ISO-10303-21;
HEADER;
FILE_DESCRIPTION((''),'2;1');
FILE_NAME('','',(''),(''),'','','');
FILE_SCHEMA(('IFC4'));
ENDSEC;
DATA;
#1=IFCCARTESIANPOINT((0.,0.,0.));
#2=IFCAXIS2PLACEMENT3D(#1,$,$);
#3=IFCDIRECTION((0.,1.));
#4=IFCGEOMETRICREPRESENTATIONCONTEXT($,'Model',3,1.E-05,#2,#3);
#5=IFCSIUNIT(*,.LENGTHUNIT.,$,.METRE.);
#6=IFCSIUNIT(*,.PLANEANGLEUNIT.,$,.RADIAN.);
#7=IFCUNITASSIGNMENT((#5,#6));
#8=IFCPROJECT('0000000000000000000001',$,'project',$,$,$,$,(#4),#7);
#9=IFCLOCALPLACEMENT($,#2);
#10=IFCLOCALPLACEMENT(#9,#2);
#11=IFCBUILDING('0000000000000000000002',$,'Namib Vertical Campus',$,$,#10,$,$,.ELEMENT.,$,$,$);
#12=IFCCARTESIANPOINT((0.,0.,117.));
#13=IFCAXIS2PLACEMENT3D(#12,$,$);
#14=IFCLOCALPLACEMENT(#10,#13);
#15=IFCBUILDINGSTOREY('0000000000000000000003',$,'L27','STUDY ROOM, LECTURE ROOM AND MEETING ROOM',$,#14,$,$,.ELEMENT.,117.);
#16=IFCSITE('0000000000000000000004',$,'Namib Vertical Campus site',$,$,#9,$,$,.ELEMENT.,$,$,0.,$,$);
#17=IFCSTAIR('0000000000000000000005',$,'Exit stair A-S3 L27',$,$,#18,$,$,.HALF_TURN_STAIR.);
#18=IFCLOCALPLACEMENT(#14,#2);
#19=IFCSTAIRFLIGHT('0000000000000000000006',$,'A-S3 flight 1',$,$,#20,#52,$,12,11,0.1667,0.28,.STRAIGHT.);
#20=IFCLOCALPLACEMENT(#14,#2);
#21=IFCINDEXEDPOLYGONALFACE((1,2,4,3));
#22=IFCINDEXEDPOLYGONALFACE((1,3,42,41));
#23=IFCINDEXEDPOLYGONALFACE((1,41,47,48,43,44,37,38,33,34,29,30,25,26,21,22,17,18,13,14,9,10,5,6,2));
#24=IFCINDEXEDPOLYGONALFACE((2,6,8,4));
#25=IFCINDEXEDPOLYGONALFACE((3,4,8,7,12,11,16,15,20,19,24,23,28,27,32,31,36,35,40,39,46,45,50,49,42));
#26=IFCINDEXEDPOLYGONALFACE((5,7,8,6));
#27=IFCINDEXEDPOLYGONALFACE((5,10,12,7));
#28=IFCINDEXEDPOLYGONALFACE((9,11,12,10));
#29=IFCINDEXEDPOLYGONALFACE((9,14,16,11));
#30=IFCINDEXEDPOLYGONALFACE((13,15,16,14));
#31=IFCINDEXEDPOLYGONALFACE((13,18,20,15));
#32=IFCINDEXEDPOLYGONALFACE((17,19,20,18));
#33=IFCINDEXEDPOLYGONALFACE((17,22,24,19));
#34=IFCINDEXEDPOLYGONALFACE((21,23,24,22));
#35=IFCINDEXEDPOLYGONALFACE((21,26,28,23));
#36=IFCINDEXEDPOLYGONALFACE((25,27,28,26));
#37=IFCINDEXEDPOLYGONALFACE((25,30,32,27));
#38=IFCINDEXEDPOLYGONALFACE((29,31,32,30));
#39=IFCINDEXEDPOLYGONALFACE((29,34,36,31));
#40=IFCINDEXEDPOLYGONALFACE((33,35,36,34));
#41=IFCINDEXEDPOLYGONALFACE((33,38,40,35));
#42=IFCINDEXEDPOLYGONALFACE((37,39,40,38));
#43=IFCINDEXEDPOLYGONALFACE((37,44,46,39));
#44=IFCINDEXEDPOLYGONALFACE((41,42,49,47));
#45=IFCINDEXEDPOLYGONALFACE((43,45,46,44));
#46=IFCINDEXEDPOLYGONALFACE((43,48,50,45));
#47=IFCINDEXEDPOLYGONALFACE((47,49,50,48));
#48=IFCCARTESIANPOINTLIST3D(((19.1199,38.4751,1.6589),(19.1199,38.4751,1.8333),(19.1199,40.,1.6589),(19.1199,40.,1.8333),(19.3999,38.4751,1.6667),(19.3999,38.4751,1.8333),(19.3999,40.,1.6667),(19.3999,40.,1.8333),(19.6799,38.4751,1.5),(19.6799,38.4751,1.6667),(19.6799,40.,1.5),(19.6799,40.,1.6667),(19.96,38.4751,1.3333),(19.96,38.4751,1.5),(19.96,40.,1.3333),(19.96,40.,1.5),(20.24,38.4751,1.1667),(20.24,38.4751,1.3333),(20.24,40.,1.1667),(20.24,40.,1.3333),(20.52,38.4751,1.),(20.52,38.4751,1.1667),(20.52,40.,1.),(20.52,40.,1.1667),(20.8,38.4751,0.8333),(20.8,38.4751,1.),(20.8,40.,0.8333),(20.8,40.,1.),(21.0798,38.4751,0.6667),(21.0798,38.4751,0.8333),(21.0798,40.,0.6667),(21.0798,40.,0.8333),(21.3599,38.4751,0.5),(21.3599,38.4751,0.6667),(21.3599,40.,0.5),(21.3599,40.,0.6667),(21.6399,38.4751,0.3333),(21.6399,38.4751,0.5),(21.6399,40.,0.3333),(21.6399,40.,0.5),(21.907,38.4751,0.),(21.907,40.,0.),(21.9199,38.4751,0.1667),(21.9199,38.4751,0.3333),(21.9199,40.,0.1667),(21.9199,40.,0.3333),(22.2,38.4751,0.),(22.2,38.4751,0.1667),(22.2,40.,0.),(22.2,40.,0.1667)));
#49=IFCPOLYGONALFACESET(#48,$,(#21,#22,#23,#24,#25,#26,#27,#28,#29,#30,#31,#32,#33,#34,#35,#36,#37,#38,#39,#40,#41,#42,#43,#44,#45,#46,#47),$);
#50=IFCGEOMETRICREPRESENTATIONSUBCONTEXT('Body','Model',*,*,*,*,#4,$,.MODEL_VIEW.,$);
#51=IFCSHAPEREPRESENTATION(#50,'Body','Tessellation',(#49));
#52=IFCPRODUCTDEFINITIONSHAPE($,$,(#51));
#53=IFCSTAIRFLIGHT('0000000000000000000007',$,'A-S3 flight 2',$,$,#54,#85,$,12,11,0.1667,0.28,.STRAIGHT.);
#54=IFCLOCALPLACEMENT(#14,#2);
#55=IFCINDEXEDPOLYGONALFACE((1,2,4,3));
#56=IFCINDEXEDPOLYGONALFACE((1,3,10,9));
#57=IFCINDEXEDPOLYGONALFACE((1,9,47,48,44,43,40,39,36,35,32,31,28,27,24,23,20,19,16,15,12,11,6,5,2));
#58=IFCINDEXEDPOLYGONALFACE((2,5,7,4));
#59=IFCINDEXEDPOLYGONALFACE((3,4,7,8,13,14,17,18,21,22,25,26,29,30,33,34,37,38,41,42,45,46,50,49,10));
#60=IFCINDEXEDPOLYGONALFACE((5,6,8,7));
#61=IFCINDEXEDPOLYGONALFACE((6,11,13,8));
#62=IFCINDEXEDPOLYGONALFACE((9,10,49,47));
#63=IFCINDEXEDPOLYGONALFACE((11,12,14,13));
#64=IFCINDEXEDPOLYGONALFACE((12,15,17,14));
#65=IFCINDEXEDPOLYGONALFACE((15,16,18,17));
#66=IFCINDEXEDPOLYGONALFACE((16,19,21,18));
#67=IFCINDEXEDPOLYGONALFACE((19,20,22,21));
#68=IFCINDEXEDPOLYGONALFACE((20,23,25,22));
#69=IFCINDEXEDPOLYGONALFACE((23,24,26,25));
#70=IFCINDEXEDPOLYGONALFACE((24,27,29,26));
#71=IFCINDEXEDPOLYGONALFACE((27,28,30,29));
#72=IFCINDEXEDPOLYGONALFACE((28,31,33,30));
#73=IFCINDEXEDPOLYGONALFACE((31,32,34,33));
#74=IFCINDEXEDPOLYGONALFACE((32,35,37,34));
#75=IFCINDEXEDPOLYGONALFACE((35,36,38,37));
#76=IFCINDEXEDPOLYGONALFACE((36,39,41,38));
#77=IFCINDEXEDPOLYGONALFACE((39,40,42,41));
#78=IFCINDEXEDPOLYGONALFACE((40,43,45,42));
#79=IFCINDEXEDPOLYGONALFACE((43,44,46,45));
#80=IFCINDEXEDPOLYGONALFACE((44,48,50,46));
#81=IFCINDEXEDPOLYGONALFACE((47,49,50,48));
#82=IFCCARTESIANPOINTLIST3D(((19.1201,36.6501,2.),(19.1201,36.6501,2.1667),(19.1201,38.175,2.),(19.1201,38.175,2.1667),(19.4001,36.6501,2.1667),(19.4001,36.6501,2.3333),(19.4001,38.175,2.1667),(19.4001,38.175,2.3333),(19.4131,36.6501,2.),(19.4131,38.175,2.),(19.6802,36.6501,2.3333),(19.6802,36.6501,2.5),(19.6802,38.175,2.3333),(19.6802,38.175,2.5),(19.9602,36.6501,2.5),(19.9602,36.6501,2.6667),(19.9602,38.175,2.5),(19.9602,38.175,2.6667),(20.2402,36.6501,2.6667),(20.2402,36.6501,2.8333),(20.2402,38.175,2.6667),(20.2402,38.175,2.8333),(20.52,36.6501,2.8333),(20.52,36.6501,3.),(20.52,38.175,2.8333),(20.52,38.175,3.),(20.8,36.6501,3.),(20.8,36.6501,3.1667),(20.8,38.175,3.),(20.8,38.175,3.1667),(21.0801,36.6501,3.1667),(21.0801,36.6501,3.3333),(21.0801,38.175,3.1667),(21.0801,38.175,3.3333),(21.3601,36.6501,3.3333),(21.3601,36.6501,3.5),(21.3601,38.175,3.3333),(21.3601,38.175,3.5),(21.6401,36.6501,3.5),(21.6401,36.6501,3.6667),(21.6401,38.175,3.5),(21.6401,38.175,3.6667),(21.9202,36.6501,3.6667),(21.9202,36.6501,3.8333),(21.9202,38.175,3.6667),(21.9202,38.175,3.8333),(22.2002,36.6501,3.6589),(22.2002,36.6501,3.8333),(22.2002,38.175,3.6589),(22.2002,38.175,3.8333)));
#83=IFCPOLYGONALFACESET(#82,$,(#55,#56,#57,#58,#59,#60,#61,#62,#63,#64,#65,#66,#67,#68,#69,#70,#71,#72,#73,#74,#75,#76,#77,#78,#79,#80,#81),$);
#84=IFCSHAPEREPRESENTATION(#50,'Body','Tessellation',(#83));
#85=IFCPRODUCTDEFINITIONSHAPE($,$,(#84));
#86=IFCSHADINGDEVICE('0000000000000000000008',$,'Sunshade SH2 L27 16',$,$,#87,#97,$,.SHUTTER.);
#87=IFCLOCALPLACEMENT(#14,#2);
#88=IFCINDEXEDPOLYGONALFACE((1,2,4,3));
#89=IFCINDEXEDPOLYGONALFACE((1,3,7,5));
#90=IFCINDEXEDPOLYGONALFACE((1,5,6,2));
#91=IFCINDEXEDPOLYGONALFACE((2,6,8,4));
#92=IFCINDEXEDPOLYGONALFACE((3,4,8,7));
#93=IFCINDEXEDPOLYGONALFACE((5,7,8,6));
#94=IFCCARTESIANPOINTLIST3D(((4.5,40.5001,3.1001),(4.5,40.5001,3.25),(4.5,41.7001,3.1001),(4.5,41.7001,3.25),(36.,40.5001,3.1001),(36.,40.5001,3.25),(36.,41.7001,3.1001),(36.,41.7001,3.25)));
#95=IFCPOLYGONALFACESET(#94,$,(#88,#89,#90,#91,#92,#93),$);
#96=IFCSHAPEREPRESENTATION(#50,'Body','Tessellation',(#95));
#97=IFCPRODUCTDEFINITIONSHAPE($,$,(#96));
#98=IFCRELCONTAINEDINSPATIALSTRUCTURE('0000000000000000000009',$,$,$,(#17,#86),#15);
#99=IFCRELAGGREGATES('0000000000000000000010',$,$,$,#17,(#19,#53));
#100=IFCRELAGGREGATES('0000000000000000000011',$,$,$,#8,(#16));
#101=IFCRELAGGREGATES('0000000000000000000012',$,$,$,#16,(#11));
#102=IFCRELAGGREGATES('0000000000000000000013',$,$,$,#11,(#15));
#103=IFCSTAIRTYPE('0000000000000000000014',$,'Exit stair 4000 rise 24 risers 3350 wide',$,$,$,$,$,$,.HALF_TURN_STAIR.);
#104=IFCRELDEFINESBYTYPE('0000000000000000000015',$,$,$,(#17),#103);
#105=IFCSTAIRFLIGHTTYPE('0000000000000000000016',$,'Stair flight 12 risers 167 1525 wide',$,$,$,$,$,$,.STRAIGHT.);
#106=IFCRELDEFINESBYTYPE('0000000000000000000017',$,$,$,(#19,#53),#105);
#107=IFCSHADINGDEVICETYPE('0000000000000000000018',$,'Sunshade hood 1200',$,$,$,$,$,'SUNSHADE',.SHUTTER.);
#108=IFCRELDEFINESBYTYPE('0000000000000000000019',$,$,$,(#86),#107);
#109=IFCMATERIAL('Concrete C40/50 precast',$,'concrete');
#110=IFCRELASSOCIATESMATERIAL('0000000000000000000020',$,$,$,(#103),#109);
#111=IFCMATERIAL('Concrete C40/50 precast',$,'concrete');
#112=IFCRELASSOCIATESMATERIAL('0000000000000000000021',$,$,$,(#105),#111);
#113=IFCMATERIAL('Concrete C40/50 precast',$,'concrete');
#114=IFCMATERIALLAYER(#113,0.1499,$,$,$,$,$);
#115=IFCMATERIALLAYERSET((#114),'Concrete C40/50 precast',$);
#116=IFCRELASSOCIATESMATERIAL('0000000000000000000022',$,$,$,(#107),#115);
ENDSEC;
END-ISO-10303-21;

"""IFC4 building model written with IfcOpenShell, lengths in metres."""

from ifc_helpers import new_model, si_unit, direction, frame, origin, origin_2d, place, context, subcontext, project, spatial, polyline, rectangle, outline, extrude, material, layer, layer_set, type_object, element, aggregate, save


model = new_model("IFC4")

# Units and contexts
model_context = context("Model", 3, precision=1e-05, world=origin(), true_north=direction((0.0, 1.0)))
body_context = subcontext(model_context, "Body", "Model", "MODEL_VIEW")
ifc_project = project(units=[si_unit("LENGTHUNIT", "METRE"), si_unit("PLANEANGLEUNIT", "RADIAN")], contexts=[model_context])

# Site, building, storey
site_placement = place(None, origin())
site = spatial("IfcSite", under=ifc_project, at=site_placement, Name="Namib Vertical Campus site", CompositionType="ELEMENT", RefElevation=0.0)
building_placement = place(site_placement, origin())
building = spatial("IfcBuilding", under=site, at=building_placement, Name="Namib Vertical Campus", CompositionType="ELEMENT")
storey_placement = place(building_placement, frame((0.0, 0.0, 117.0)))
storey = spatial("IfcBuildingStorey", under=building, at=storey_placement, Name="L27", Description="STUDY ROOM, LECTURE ROOM AND MEETING ROOM", CompositionType="ELEMENT", Elevation=117.0)

# Stair, stair flights
ifc_material_1 = material(Name="Concrete C40/50 precast", Category="concrete")
stair_type = type_object("IfcStairType", Name="Exit stair 4000 rise 24 risers 3350 wide", PredefinedType="HALF_TURN_STAIR", material=ifc_material_1)
stair_placement = place(storey_placement, origin())
stair = element("IfcStair", 1, at=stair_placement, inside=storey, type_object=stair_type, Name="Exit stair A-S3 L27", PredefinedType="HALF_TURN_STAIR")
ifc_material_2 = material(Name="Concrete C40/50 precast", Category="concrete")
stair_flight_type = type_object("IfcStairFlightType", Name="Stair flight 12 risers 167 1525 wide", PredefinedType="STRAIGHT", material=ifc_material_2)
stair_flight_1_placement = place(storey_placement, frame((22.2, 39.2375, 0.0), z_axis=(0.0, 0.0, 1.0), x_axis=(-1.0, 0.0, 0.0)))
stair_flight_1 = element("IfcStairFlight", 2, at=stair_flight_1_placement, type_object=stair_flight_type, Name="A-S3 flight 1", NumberOfRisers=12, NumberOfTreads=11, PredefinedType="STRAIGHT", RiserHeight=0.1667, TreadLength=0.28, context=body_context, shape_type="SweptSolid", body=[
    extrude(outline(polyline([(0.0, 0.0), (0.0, 0.1667), (0.28, 0.1667), (0.28, 0.3333), (0.5601, 0.3333), (0.5601, 0.5), (0.8401, 0.5), (0.8401, 0.6667), (1.1201, 0.6667), (1.1201, 0.8333), (1.3999, 0.8333), (1.3999, 1.0), (1.6799, 1.0), (1.6799, 1.1667), (1.96, 1.1667), (1.96, 1.3333), (2.24, 1.3333), (2.24, 1.5), (2.52, 1.5), (2.52, 1.6667), (2.8, 1.6667), (2.8, 1.8333), (3.0801, 1.8333), (3.0801, 2.0), (3.0801, 1.6589), (0.293, 0.0), (0.0, 0.0)])), frame((0.0, 0.7625, 0.0), z_axis=(0.0, -1.0, 0.0), x_axis=(1.0, 0.0, 0.0)), (0.0, 0.0, 1.0), 1.5249),
])
stair_flight_2_placement = place(storey_placement, frame((19.1201, 37.4126, 2.0), z_axis=(0.0, 0.0, 1.0), x_axis=(1.0, 0.0, 0.0)))
stair_flight_2 = element("IfcStairFlight", 3, at=stair_flight_2_placement, type_object=stair_flight_type, Name="A-S3 flight 2", NumberOfRisers=12, NumberOfTreads=11, PredefinedType="STRAIGHT", RiserHeight=0.1667, TreadLength=0.28, context=body_context, shape_type="SweptSolid", body=[
    extrude(outline(polyline([(0.0, 0.0), (0.0, 0.1667), (0.28, 0.1667), (0.28, 0.3333), (0.5601, 0.3333), (0.5601, 0.5), (0.8401, 0.5), (0.8401, 0.6667), (1.1201, 0.6667), (1.1201, 0.8333), (1.3999, 0.8333), (1.3999, 1.0), (1.6799, 1.0), (1.6799, 1.1667), (1.96, 1.1667), (1.96, 1.3333), (2.24, 1.3333), (2.24, 1.5), (2.52, 1.5), (2.52, 1.6667), (2.8, 1.6667), (2.8, 1.8333), (3.0801, 1.8333), (3.0801, 2.0), (3.0801, 1.6589), (0.293, 0.0), (0.0, 0.0)])), frame((0.0, 0.7625, 0.0), z_axis=(0.0, -1.0, 0.0), x_axis=(1.0, 0.0, 0.0)), (0.0, 0.0, 1.0), 1.5249),
])
aggregate(stair, [stair_flight_1, stair_flight_2])

# Shading device
ifc_material_3 = material(Name="Concrete C40/50 precast", Category="concrete")
ifc_layer_1 = layer(ifc_material_3, 0.1499)
ifc_layer_set_1 = layer_set([ifc_layer_1], Name="Concrete C40/50 precast")
shading_device_type = type_object("IfcShadingDeviceType", Name="Sunshade hood 1200", ElementType="SUNSHADE", PredefinedType="SHUTTER", material=ifc_layer_set_1)
shading_device_placement = place(storey_placement, frame((20.25, 41.1001, 3.1001), z_axis=(0.0, 0.0, 1.0), x_axis=(-1.0, 0.0, 0.0)))
element("IfcShadingDevice", 4, at=shading_device_placement, inside=storey, type_object=shading_device_type, Name="Sunshade SH2 L27 16", PredefinedType="SHUTTER", context=body_context, shape_type="SweptSolid", body=[
    extrude(rectangle(XDim=31.5, YDim=1.2, at=origin_2d()), origin(), (0.0, 0.0, 1.0), 0.1499),
])

save(model, "model.ifc")
